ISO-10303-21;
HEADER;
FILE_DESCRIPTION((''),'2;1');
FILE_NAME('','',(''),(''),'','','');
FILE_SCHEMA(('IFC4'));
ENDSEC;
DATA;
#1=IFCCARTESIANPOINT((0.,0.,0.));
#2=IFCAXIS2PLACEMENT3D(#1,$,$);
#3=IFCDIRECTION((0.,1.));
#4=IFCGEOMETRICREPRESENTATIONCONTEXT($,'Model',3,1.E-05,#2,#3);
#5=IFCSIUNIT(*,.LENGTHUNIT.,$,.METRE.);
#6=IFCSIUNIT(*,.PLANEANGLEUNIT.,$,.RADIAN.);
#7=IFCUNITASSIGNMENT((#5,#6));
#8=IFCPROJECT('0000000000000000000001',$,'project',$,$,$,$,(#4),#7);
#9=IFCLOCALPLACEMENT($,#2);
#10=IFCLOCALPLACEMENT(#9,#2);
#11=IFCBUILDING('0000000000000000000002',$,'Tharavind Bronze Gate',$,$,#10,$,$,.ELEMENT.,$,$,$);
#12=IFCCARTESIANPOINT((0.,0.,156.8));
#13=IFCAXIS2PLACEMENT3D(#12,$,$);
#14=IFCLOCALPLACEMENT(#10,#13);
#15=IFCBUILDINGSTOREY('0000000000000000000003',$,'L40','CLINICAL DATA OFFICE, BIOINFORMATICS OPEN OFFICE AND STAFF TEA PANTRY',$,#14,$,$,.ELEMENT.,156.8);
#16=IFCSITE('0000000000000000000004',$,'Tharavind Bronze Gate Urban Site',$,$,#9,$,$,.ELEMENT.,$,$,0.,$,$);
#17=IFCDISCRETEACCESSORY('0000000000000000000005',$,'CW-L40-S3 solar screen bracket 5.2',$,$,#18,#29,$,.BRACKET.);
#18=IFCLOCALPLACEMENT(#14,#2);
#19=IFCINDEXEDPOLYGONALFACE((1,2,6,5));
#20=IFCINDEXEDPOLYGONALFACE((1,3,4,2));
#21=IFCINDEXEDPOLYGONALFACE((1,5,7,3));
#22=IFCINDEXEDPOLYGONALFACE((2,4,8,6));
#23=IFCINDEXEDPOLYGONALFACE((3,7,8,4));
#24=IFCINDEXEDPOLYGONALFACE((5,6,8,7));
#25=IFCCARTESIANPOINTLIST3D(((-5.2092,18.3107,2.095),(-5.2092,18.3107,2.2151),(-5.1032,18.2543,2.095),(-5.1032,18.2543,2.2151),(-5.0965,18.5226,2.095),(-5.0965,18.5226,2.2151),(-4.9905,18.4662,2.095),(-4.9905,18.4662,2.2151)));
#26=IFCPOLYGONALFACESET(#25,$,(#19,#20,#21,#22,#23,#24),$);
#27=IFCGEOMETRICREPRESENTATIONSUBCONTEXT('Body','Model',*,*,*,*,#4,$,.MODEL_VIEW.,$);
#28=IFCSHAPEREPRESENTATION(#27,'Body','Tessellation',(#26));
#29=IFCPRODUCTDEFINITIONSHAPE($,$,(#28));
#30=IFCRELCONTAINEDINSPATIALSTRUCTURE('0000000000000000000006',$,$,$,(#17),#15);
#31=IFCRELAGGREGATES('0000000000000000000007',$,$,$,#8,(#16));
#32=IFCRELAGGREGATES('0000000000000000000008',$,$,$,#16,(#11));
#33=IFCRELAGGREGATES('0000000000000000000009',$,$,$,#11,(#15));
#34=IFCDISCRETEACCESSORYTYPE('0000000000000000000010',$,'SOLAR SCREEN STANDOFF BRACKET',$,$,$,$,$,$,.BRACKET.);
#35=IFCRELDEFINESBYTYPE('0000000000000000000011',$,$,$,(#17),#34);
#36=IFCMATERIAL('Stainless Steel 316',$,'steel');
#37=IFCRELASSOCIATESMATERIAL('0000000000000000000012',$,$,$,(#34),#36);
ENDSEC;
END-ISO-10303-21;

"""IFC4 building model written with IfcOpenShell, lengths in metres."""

from ifc_helpers import new_model, si_unit, direction, frame, origin, origin_2d, place, context, subcontext, project, spatial, rectangle, extrude, material, type_object, element, save


model = new_model("IFC4")

# Units and contexts
model_context = context("Model", 3, precision=1e-05, world=origin(), true_north=direction((0.0, 1.0)))
body_context = subcontext(model_context, "Body", "Model", "MODEL_VIEW")
ifc_project = project(units=[si_unit("LENGTHUNIT", "METRE"), si_unit("PLANEANGLEUNIT", "RADIAN")], contexts=[model_context])

# Site, building, storey
site_placement = place(None, origin())
site = spatial("IfcSite", under=ifc_project, at=site_placement, Name="Tharavind Bronze Gate Urban Site", CompositionType="ELEMENT", RefElevation=0.0)
building_placement = place(site_placement, origin())
building = spatial("IfcBuilding", under=site, at=building_placement, Name="Tharavind Bronze Gate", CompositionType="ELEMENT")
storey_placement = place(building_placement, frame((0.0, 0.0, 156.8)))
storey = spatial("IfcBuildingStorey", under=building, at=storey_placement, Name="L40", Description="CLINICAL DATA OFFICE, BIOINFORMATICS OPEN OFFICE AND STAFF TEA PANTRY", CompositionType="ELEMENT", Elevation=156.8)

# Discrete accessory
ifc_material_1 = material(Name="Stainless Steel 316", Category="steel")
discrete_accessory_type = type_object("IfcDiscreteAccessoryType", Name="SOLAR SCREEN STANDOFF BRACKET", PredefinedType="BRACKET", material=ifc_material_1)
discrete_accessory_placement = place(storey_placement, frame((-5.0999, 18.3884, 2.095), z_axis=(0.0, 0.0, 1.0), x_axis=(-0.882948, 0.469472, 0.0)))
element("IfcDiscreteAccessory", 1, at=discrete_accessory_placement, inside=storey, type_object=discrete_accessory_type, Name="CW-L40-S3 solar screen bracket 5.2", PredefinedType="BRACKET", context=body_context, shape_type="SweptSolid", body=[
    extrude(rectangle(XDim=0.1201, YDim=0.24, at=origin_2d()), origin(), (0.0, 0.0, 1.0), 0.1201),
])

save(model, "model.ifc")
